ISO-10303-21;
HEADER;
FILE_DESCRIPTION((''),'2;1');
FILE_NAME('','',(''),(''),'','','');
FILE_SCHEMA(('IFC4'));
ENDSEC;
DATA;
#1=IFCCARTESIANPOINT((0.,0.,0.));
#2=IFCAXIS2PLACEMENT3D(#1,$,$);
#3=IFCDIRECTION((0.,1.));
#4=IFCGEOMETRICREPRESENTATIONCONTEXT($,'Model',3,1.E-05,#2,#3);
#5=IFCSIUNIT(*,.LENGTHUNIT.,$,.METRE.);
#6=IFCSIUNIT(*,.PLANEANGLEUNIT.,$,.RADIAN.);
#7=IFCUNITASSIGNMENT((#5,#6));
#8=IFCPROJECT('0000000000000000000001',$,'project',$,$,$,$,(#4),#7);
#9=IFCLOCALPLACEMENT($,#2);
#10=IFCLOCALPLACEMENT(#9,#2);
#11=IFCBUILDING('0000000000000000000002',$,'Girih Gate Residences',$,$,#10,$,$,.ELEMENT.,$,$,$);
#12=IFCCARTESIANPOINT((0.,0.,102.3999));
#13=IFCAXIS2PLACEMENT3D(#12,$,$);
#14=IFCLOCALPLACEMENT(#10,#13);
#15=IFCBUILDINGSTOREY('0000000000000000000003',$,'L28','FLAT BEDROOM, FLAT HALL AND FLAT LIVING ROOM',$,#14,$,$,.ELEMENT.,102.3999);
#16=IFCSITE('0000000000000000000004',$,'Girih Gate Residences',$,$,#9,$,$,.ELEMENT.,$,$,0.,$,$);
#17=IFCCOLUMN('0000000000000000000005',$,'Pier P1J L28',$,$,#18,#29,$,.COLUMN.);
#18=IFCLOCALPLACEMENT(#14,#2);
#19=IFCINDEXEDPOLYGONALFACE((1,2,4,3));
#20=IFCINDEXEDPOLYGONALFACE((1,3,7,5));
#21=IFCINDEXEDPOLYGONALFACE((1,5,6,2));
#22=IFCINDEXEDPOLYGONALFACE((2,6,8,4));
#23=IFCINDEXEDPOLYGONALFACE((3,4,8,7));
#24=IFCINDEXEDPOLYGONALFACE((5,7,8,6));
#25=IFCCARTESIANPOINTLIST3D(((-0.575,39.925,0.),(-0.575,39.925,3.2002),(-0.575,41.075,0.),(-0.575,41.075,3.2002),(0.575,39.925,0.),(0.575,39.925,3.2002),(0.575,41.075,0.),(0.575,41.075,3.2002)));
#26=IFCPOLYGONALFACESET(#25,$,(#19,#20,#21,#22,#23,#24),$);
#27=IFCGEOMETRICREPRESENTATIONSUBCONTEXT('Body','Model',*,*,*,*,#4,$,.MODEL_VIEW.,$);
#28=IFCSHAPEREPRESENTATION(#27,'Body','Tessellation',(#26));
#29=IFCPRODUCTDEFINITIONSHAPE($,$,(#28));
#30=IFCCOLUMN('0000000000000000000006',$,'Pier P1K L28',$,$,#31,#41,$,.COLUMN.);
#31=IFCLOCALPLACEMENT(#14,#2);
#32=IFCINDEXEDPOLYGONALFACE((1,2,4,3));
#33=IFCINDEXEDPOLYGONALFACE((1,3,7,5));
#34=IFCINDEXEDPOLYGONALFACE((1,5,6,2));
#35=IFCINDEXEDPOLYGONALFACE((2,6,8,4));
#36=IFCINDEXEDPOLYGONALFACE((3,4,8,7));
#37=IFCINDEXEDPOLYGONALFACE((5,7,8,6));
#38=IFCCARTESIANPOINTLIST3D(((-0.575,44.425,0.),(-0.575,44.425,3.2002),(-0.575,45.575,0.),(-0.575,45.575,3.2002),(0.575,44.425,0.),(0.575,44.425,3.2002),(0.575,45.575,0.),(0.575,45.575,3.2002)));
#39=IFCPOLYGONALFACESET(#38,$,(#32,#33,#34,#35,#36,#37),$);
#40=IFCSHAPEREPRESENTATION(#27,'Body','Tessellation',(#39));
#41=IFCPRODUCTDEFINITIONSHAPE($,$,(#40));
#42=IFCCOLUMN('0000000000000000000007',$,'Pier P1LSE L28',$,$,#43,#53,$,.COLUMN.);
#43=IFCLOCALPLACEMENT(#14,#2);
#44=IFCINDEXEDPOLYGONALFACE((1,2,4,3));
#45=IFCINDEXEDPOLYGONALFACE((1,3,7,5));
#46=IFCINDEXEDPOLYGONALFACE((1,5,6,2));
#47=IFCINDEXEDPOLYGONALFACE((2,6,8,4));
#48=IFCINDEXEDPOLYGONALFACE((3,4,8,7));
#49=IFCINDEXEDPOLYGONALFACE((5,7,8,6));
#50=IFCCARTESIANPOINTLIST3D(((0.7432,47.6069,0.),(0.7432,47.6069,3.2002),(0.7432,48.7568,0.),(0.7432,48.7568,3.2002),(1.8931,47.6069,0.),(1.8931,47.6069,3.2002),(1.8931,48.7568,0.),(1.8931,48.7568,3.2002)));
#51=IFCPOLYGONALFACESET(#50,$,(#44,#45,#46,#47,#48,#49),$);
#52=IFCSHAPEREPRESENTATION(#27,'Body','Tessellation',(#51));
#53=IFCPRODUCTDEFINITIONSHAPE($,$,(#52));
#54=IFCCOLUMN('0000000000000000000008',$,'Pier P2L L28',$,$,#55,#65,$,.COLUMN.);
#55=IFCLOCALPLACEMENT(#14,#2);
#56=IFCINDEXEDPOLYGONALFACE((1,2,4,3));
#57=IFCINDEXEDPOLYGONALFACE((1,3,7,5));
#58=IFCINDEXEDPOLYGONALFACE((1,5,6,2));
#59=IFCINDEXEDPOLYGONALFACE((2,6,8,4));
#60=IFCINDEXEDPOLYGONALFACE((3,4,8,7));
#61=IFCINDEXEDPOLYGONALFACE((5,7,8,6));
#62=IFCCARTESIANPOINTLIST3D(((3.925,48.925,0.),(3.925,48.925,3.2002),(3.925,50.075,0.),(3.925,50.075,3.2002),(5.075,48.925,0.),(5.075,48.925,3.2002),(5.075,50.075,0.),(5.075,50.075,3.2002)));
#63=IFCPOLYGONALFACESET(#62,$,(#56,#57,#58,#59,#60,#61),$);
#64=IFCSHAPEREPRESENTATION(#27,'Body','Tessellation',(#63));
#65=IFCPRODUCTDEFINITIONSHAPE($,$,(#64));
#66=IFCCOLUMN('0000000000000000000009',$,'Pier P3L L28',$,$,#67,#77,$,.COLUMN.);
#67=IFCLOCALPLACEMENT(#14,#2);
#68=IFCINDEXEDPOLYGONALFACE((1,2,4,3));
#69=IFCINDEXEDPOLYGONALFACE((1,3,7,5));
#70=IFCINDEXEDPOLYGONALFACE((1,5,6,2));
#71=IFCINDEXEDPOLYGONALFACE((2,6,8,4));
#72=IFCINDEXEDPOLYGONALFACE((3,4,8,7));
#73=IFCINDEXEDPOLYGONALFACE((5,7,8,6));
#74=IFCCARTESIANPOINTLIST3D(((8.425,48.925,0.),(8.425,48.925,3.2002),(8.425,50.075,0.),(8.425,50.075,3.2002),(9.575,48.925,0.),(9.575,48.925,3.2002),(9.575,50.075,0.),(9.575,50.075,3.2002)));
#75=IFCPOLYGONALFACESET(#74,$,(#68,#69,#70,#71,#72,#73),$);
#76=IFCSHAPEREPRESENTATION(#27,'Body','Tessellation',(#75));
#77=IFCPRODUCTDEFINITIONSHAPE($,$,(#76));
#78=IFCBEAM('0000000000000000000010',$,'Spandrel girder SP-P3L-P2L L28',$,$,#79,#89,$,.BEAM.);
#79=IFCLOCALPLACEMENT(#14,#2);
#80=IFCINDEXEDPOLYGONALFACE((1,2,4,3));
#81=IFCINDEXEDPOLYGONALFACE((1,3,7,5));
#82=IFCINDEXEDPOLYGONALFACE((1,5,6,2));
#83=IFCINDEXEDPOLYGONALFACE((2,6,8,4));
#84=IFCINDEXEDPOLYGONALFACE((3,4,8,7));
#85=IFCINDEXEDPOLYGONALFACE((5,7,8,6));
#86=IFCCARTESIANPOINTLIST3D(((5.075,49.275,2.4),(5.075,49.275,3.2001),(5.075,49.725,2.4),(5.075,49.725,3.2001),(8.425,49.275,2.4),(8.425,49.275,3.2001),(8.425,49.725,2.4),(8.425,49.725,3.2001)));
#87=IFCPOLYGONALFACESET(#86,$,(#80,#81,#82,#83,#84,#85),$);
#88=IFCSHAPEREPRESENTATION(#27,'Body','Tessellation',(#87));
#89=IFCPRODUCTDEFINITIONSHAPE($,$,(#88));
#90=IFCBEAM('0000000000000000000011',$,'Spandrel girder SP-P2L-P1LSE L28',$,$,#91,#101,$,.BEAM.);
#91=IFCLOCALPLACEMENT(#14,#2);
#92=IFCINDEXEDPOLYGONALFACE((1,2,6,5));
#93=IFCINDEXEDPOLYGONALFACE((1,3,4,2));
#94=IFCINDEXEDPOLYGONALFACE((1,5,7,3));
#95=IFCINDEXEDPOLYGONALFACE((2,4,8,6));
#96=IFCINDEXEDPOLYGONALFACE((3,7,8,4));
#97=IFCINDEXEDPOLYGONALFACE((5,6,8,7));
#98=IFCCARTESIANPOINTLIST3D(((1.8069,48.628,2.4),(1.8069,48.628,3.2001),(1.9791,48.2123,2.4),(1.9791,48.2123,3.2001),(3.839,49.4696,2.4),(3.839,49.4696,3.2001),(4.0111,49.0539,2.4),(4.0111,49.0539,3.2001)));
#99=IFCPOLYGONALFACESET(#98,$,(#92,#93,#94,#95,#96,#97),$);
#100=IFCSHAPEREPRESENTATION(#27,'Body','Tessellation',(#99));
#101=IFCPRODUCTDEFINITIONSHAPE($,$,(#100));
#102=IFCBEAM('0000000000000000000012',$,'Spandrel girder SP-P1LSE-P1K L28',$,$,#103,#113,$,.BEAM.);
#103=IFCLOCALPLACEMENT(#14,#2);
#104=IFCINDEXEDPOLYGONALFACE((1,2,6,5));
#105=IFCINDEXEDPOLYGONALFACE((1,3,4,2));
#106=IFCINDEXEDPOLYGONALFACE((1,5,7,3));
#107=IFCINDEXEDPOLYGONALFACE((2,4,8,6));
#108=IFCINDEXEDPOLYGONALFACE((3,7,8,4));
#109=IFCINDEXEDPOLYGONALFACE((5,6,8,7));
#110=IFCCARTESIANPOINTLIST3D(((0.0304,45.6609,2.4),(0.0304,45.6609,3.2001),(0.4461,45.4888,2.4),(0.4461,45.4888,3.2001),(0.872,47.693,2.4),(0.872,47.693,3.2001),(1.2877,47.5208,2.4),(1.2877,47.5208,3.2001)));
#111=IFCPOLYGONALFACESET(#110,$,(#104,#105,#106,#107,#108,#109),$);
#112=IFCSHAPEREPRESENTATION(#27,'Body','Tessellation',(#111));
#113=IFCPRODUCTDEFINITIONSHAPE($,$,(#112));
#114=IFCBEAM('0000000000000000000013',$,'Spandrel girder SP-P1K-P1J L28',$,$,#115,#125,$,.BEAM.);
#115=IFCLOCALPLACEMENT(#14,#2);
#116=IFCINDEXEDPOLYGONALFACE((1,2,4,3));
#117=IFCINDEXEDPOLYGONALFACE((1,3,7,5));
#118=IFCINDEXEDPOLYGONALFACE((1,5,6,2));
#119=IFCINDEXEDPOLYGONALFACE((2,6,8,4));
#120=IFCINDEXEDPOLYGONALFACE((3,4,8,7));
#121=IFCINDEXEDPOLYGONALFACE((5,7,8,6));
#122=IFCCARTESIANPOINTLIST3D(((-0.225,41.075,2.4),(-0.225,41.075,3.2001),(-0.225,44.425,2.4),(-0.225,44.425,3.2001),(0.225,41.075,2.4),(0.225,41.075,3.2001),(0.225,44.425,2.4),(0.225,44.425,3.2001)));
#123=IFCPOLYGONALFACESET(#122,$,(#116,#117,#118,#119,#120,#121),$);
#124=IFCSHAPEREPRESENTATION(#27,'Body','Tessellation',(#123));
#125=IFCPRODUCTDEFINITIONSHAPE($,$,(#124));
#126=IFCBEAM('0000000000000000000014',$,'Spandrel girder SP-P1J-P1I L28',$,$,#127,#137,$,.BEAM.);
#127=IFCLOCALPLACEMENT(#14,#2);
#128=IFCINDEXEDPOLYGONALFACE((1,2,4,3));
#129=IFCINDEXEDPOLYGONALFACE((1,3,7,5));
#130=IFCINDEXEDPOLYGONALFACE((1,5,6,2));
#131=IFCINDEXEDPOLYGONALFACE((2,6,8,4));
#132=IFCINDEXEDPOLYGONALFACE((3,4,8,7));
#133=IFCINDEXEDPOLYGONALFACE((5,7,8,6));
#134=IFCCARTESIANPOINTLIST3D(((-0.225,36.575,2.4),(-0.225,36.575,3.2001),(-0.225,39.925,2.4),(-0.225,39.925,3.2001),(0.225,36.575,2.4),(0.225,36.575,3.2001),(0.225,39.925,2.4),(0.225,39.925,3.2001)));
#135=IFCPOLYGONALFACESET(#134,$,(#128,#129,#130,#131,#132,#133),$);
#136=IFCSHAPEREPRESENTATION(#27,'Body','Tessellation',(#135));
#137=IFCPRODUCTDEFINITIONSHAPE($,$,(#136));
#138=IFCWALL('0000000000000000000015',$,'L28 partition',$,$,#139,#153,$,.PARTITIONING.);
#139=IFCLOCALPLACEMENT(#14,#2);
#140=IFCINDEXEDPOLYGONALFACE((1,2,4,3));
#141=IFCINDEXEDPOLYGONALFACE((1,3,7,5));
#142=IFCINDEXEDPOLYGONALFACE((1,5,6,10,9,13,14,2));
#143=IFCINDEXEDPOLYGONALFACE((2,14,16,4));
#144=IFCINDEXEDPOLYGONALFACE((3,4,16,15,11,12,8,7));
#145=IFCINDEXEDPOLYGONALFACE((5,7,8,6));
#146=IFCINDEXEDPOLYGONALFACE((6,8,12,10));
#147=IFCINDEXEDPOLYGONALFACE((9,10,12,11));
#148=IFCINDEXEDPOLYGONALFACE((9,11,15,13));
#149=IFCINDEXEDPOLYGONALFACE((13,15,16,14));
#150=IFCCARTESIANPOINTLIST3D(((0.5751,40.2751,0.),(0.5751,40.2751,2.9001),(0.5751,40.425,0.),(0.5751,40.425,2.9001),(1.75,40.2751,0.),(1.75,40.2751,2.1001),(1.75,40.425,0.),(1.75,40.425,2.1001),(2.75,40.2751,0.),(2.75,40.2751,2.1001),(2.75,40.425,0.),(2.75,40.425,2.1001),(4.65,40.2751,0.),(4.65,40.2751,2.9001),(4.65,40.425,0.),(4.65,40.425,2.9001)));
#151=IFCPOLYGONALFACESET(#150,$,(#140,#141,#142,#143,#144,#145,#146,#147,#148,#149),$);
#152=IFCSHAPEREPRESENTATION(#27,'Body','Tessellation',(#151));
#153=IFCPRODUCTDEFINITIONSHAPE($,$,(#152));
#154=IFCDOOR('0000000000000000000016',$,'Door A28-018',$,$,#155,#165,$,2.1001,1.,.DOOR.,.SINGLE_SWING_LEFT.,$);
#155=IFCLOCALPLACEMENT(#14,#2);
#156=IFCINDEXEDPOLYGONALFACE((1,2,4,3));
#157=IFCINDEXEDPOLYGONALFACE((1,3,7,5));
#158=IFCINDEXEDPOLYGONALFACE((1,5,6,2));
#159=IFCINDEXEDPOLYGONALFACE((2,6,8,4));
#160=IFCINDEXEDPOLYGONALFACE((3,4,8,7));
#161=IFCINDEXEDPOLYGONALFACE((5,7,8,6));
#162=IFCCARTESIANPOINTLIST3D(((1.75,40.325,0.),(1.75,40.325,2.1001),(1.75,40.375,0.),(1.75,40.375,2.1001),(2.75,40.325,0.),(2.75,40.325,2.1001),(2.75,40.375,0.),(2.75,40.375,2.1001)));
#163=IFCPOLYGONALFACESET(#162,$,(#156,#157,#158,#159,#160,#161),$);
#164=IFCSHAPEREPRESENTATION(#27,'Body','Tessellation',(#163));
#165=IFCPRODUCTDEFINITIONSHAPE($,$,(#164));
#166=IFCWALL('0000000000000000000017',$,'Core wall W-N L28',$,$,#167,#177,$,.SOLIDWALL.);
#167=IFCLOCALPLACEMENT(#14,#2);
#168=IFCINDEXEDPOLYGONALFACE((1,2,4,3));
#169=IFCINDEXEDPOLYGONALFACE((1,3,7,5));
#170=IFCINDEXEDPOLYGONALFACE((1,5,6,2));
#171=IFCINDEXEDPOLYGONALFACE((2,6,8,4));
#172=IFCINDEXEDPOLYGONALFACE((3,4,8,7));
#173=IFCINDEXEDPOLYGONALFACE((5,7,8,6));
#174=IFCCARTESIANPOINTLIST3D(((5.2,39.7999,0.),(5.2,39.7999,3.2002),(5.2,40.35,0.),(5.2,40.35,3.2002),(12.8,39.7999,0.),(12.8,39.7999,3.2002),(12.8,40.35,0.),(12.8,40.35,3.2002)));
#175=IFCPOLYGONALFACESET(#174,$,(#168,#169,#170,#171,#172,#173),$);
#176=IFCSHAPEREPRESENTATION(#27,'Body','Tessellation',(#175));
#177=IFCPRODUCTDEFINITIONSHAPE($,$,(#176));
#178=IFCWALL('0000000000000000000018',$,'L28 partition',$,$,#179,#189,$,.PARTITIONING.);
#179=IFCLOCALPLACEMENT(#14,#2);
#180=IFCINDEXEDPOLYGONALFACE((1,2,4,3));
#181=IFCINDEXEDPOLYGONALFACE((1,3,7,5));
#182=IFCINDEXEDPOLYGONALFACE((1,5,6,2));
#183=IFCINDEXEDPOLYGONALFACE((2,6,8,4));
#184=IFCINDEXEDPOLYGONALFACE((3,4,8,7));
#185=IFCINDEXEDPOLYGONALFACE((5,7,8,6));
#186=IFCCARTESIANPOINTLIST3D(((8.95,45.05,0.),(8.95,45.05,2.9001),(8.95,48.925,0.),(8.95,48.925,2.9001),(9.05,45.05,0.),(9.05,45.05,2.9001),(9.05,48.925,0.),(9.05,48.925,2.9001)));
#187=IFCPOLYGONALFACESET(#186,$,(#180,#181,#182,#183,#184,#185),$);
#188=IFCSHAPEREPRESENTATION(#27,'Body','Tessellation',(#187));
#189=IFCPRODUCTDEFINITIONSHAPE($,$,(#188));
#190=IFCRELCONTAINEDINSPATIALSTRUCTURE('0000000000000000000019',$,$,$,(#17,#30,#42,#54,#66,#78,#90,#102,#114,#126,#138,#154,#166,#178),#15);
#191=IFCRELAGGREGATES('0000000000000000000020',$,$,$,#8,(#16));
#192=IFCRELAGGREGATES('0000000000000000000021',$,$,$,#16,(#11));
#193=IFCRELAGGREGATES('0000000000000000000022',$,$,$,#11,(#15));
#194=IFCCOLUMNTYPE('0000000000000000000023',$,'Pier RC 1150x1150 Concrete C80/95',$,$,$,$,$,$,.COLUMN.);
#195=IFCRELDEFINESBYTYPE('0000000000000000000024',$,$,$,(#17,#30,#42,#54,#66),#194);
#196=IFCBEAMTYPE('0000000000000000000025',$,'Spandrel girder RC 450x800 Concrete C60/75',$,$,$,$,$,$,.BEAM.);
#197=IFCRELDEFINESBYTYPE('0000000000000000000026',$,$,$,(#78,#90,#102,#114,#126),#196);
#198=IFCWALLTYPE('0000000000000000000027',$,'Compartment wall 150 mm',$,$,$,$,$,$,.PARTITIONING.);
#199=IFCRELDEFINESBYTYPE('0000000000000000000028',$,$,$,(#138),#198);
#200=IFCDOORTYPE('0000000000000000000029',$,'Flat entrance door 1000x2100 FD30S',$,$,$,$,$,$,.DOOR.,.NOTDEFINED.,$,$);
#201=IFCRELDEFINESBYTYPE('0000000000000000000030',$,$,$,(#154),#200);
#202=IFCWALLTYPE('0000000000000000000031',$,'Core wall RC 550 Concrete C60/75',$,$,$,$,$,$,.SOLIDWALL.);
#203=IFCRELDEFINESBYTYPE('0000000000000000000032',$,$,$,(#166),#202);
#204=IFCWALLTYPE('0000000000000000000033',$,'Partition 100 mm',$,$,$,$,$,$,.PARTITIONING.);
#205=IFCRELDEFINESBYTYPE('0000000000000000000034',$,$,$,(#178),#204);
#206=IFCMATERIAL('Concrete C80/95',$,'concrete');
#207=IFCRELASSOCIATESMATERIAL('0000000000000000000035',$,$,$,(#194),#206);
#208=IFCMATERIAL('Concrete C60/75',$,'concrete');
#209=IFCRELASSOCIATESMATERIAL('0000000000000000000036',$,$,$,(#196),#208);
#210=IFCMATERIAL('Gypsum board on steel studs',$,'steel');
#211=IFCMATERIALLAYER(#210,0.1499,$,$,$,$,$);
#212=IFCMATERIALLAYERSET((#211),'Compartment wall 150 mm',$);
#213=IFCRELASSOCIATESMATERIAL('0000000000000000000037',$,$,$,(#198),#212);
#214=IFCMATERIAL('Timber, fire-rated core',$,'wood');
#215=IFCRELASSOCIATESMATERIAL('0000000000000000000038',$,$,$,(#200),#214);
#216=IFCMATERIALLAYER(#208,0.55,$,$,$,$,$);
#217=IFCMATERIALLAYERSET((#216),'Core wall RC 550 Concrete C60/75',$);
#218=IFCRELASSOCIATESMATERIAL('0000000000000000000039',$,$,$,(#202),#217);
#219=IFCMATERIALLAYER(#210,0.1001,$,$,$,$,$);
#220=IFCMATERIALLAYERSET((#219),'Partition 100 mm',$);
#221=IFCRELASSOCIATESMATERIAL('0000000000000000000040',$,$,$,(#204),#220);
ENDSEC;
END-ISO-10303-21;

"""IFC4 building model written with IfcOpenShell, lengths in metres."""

from ifc_helpers import new_model, si_unit, direction, frame, frame_2d, origin, origin_2d, place, context, subcontext, project, spatial, rectangle, extrude, material, layer, layer_set, material_profile, profile_set, type_object, element, fill, save


model = new_model("IFC4")

# Units and contexts
model_context = context("Model", 3, precision=1e-05, world=origin(), true_north=direction((0.0, 1.0)))
body_context = subcontext(model_context, "Body", "Model", "MODEL_VIEW")
ifc_project = project(units=[si_unit("LENGTHUNIT", "METRE"), si_unit("PLANEANGLEUNIT", "RADIAN")], contexts=[model_context])

# Site, building, storey
site_placement = place(None, origin())
site = spatial("IfcSite", under=ifc_project, at=site_placement, Name="Girih Gate Residences", CompositionType="ELEMENT", RefElevation=0.0)
building_placement = place(site_placement, origin())
building = spatial("IfcBuilding", under=site, at=building_placement, Name="Girih Gate Residences", CompositionType="ELEMENT")
storey_placement = place(building_placement, frame((0.0, 0.0, 102.3999)))
storey = spatial("IfcBuildingStorey", under=building, at=storey_placement, Name="L28", Description="FLAT BEDROOM, FLAT HALL AND FLAT LIVING ROOM", CompositionType="ELEMENT", Elevation=102.3999)

# Columns
ifc_material_1 = material(Name="Concrete C80/95", Category="concrete")
ifc_material_profile_1 = material_profile(ifc_material_1, rectangle(XDim=1.1499, YDim=1.1499, at=origin_2d()))
ifc_profile_set_1 = profile_set([ifc_material_profile_1], Name="Concrete C80/95")
column_type = type_object("IfcColumnType", Name="Pier RC 1150x1150 Concrete C80/95", PredefinedType="COLUMN", material=ifc_profile_set_1)
for number, where, z_axis, x_axis, name in (
    (1, (0.0, 40.5, 0.0), (0.0, 0.0, 1.0), (1.0, 0.0, 0.0), "Pier P1J L28"),
    (2, (0.0, 45.0, 0.0), (0.0, 0.0, 1.0), (1.0, 0.0, 0.0), "Pier P1K L28"),
    (3, (1.3181, 48.1819, 0.0), (0.0, 0.0, 1.0), (1.0, 0.0, 0.0), "Pier P1LSE L28"),
    (4, (4.5, 49.5, 0.0), (0.0, 0.0, 1.0), (1.0, 0.0, 0.0), "Pier P2L L28"),
    (5, (9.0, 49.5, 0.0), (0.0, 0.0, 1.0), (1.0, 0.0, 0.0), "Pier P3L L28"),
):
    element("IfcColumn", number, at=place(storey_placement, frame(where, z_axis=z_axis, x_axis=x_axis)), inside=storey, type_object=column_type, Name=name, PredefinedType="COLUMN", context=body_context, shape_type="SweptSolid", body=[
        extrude(rectangle(XDim=1.1499, YDim=1.1499, at=origin_2d()), origin(), (0.0, 0.0, 1.0), 3.2002),
    ])

# Beams
ifc_material_2 = material(Name="Concrete C60/75", Category="concrete")
ifc_material_profile_2 = material_profile(ifc_material_2, rectangle(XDim=0.45, YDim=0.8, at=origin_2d()))
ifc_profile_set_2 = profile_set([ifc_material_profile_2], Name="Concrete C60/75")
beam_type = type_object("IfcBeamType", Name="Spandrel girder RC 450x800 Concrete C60/75", PredefinedType="BEAM", material=ifc_profile_set_2)
beam_placement = place(storey_placement, frame((8.425, 49.5, 2.8), z_axis=(-1.0, 0.0, 0.0), x_axis=(0.0, -1.0, 0.0)))
element("IfcBeam", 6, at=beam_placement, inside=storey, type_object=beam_type, Name="Spandrel girder SP-P3L-P2L L28", PredefinedType="BEAM", context=body_context, shape_type="SweptSolid", body=[
    extrude(rectangle(XDim=0.45, YDim=0.8, at=origin_2d()), origin(), (0.0, 0.0, 1.0), 3.3501),
])
for number, where, z_axis, x_axis, name in (
    (7, (3.925, 49.2617, 2.8), (-0.923899, -0.382636, 0.0), (0.382636, -0.923899, 0.0), "Spandrel girder SP-P2L-P1LSE L28"),
    (8, (1.0798, 47.6069, 2.8), (-0.382636, -0.923899, 0.0), (0.923899, -0.382636, 0.0), "Spandrel girder SP-P1LSE-P1K L28"),
):
    element("IfcBeam", number, at=place(storey_placement, frame(where, z_axis=z_axis, x_axis=x_axis)), inside=storey, type_object=beam_type, Name=name, PredefinedType="BEAM", context=body_context, shape_type="SweptSolid", body=[
        extrude(rectangle(XDim=0.45, YDim=0.8, at=origin_2d()), origin(), (0.0, 0.0, 1.0), 2.1995),
    ])
for number, where, z_axis, x_axis, name in (
    (9, (0.0, 44.425, 2.8), (0.0, -1.0, 0.0), (1.0, 0.0, 0.0), "Spandrel girder SP-P1K-P1J L28"),
    (10, (0.0, 39.925, 2.8), (0.0, -1.0, 0.0), (1.0, 0.0, 0.0), "Spandrel girder SP-P1J-P1I L28"),
):
    element("IfcBeam", number, at=place(storey_placement, frame(where, z_axis=z_axis, x_axis=x_axis)), inside=storey, type_object=beam_type, Name=name, PredefinedType="BEAM", context=body_context, shape_type="SweptSolid", body=[
        extrude(rectangle(XDim=0.45, YDim=0.8, at=origin_2d()), origin(), (0.0, 0.0, 1.0), 3.3501),
    ])

# Wall, opening, door
ifc_material_3 = material(Name="Gypsum board on steel studs", Category="steel")
ifc_layer_1 = layer(ifc_material_3, 0.1499)
ifc_layer_set_1 = layer_set([ifc_layer_1], Name="Compartment wall 150 mm")
wall_type_1 = type_object("IfcWallType", Name="Compartment wall 150 mm", PredefinedType="PARTITIONING", material=ifc_layer_set_1)
wall_1_placement = place(storey_placement, frame((0.575, 40.3501, 0.0), z_axis=(0.0, 0.0, 1.0), x_axis=(1.0, 0.0, 0.0)))
wall_1 = element("IfcWall", 11, at=wall_1_placement, inside=storey, type_object=wall_type_1, Name="L28 partition", PredefinedType="PARTITIONING", context=body_context, shape_type="SweptSolid", body=[
    extrude(rectangle(XDim=4.075, YDim=0.1499, at=frame_2d((2.0376, 0.0))), origin(), (0.0, 0.0, 1.0), 2.9001),
])
opening_1_placement = place(wall_1_placement, frame((1.175, 0.0, 0.0)))
opening_1 = element("IfcOpeningElement", 12, at=opening_1_placement, cuts=wall_1, PredefinedType="OPENING", context=body_context, shape_type="SweptSolid", body=[
    extrude(rectangle(XDim=1.0, YDim=2.1001, at=frame_2d((0.5, 1.05))), frame((0.0, 0.085, 0.0), z_axis=(0.0, -1.0, 0.0), x_axis=(1.0, 0.0, 0.0)), (0.0, 0.0, 1.0), 0.1699),
])
ifc_material_4 = material(Name="Timber, fire-rated core", Category="wood")
door_type_1 = type_object("IfcDoorType", Name="Flat entrance door 1000x2100 FD30S", OperationType="NOTDEFINED", PredefinedType="DOOR", material=ifc_material_4)
door_1_placement = place(opening_1_placement, origin())
door_1 = element("IfcDoor", 13, at=door_1_placement, inside=storey, type_object=door_type_1, Name="Door A28-018", OperationType="SINGLE_SWING_LEFT", OverallHeight=2.1001, OverallWidth=1.0, PredefinedType="DOOR", context=body_context, shape_type="SweptSolid", body=[
    extrude(rectangle(XDim=1.0, YDim=2.1001, at=frame_2d((0.5, 1.05))), frame((0.0, 0.0249, 0.0), z_axis=(0.0, -1.0, 0.0), x_axis=(1.0, 0.0, 0.0)), (0.0, 0.0, 1.0), 0.05),
])
fill(opening_1, door_1)

# Walls
ifc_layer_2 = layer(ifc_material_2, 0.55)
ifc_layer_set_2 = layer_set([ifc_layer_2], Name="Core wall RC 550 Concrete C60/75")
wall_type_2 = type_object("IfcWallType", Name="Core wall RC 550 Concrete C60/75", PredefinedType="SOLIDWALL", material=ifc_layer_set_2)
wall_2_placement = place(storey_placement, frame((5.2, 40.075, 0.0), z_axis=(0.0, 0.0, 1.0), x_axis=(1.0, 0.0, 0.0)))
element("IfcWall", 14, at=wall_2_placement, inside=storey, type_object=wall_type_2, Name="Core wall W-N L28", PredefinedType="SOLIDWALL", context=body_context, shape_type="SweptSolid", body=[
    extrude(rectangle(XDim=7.6001, YDim=0.55, at=frame_2d((3.8, 0.0))), origin(), (0.0, 0.0, 1.0), 3.2002),
])
ifc_layer_3 = layer(ifc_material_3, 0.1001)
ifc_layer_set_3 = layer_set([ifc_layer_3], Name="Partition 100 mm")
wall_type_3 = type_object("IfcWallType", Name="Partition 100 mm", PredefinedType="PARTITIONING", material=ifc_layer_set_3)
wall_3_placement = place(storey_placement, frame((9.0, 45.05, 0.0), z_axis=(0.0, 0.0, 1.0), x_axis=(0.0, 1.0, 0.0)))
element("IfcWall", 15, at=wall_3_placement, inside=storey, type_object=wall_type_3, Name="L28 partition", PredefinedType="PARTITIONING", context=body_context, shape_type="SweptSolid", body=[
    extrude(rectangle(XDim=3.875, YDim=0.1001, at=frame_2d((1.9375, 0.0))), origin(), (0.0, 0.0, 1.0), 2.9001),
])

save(model, "model.ifc")
